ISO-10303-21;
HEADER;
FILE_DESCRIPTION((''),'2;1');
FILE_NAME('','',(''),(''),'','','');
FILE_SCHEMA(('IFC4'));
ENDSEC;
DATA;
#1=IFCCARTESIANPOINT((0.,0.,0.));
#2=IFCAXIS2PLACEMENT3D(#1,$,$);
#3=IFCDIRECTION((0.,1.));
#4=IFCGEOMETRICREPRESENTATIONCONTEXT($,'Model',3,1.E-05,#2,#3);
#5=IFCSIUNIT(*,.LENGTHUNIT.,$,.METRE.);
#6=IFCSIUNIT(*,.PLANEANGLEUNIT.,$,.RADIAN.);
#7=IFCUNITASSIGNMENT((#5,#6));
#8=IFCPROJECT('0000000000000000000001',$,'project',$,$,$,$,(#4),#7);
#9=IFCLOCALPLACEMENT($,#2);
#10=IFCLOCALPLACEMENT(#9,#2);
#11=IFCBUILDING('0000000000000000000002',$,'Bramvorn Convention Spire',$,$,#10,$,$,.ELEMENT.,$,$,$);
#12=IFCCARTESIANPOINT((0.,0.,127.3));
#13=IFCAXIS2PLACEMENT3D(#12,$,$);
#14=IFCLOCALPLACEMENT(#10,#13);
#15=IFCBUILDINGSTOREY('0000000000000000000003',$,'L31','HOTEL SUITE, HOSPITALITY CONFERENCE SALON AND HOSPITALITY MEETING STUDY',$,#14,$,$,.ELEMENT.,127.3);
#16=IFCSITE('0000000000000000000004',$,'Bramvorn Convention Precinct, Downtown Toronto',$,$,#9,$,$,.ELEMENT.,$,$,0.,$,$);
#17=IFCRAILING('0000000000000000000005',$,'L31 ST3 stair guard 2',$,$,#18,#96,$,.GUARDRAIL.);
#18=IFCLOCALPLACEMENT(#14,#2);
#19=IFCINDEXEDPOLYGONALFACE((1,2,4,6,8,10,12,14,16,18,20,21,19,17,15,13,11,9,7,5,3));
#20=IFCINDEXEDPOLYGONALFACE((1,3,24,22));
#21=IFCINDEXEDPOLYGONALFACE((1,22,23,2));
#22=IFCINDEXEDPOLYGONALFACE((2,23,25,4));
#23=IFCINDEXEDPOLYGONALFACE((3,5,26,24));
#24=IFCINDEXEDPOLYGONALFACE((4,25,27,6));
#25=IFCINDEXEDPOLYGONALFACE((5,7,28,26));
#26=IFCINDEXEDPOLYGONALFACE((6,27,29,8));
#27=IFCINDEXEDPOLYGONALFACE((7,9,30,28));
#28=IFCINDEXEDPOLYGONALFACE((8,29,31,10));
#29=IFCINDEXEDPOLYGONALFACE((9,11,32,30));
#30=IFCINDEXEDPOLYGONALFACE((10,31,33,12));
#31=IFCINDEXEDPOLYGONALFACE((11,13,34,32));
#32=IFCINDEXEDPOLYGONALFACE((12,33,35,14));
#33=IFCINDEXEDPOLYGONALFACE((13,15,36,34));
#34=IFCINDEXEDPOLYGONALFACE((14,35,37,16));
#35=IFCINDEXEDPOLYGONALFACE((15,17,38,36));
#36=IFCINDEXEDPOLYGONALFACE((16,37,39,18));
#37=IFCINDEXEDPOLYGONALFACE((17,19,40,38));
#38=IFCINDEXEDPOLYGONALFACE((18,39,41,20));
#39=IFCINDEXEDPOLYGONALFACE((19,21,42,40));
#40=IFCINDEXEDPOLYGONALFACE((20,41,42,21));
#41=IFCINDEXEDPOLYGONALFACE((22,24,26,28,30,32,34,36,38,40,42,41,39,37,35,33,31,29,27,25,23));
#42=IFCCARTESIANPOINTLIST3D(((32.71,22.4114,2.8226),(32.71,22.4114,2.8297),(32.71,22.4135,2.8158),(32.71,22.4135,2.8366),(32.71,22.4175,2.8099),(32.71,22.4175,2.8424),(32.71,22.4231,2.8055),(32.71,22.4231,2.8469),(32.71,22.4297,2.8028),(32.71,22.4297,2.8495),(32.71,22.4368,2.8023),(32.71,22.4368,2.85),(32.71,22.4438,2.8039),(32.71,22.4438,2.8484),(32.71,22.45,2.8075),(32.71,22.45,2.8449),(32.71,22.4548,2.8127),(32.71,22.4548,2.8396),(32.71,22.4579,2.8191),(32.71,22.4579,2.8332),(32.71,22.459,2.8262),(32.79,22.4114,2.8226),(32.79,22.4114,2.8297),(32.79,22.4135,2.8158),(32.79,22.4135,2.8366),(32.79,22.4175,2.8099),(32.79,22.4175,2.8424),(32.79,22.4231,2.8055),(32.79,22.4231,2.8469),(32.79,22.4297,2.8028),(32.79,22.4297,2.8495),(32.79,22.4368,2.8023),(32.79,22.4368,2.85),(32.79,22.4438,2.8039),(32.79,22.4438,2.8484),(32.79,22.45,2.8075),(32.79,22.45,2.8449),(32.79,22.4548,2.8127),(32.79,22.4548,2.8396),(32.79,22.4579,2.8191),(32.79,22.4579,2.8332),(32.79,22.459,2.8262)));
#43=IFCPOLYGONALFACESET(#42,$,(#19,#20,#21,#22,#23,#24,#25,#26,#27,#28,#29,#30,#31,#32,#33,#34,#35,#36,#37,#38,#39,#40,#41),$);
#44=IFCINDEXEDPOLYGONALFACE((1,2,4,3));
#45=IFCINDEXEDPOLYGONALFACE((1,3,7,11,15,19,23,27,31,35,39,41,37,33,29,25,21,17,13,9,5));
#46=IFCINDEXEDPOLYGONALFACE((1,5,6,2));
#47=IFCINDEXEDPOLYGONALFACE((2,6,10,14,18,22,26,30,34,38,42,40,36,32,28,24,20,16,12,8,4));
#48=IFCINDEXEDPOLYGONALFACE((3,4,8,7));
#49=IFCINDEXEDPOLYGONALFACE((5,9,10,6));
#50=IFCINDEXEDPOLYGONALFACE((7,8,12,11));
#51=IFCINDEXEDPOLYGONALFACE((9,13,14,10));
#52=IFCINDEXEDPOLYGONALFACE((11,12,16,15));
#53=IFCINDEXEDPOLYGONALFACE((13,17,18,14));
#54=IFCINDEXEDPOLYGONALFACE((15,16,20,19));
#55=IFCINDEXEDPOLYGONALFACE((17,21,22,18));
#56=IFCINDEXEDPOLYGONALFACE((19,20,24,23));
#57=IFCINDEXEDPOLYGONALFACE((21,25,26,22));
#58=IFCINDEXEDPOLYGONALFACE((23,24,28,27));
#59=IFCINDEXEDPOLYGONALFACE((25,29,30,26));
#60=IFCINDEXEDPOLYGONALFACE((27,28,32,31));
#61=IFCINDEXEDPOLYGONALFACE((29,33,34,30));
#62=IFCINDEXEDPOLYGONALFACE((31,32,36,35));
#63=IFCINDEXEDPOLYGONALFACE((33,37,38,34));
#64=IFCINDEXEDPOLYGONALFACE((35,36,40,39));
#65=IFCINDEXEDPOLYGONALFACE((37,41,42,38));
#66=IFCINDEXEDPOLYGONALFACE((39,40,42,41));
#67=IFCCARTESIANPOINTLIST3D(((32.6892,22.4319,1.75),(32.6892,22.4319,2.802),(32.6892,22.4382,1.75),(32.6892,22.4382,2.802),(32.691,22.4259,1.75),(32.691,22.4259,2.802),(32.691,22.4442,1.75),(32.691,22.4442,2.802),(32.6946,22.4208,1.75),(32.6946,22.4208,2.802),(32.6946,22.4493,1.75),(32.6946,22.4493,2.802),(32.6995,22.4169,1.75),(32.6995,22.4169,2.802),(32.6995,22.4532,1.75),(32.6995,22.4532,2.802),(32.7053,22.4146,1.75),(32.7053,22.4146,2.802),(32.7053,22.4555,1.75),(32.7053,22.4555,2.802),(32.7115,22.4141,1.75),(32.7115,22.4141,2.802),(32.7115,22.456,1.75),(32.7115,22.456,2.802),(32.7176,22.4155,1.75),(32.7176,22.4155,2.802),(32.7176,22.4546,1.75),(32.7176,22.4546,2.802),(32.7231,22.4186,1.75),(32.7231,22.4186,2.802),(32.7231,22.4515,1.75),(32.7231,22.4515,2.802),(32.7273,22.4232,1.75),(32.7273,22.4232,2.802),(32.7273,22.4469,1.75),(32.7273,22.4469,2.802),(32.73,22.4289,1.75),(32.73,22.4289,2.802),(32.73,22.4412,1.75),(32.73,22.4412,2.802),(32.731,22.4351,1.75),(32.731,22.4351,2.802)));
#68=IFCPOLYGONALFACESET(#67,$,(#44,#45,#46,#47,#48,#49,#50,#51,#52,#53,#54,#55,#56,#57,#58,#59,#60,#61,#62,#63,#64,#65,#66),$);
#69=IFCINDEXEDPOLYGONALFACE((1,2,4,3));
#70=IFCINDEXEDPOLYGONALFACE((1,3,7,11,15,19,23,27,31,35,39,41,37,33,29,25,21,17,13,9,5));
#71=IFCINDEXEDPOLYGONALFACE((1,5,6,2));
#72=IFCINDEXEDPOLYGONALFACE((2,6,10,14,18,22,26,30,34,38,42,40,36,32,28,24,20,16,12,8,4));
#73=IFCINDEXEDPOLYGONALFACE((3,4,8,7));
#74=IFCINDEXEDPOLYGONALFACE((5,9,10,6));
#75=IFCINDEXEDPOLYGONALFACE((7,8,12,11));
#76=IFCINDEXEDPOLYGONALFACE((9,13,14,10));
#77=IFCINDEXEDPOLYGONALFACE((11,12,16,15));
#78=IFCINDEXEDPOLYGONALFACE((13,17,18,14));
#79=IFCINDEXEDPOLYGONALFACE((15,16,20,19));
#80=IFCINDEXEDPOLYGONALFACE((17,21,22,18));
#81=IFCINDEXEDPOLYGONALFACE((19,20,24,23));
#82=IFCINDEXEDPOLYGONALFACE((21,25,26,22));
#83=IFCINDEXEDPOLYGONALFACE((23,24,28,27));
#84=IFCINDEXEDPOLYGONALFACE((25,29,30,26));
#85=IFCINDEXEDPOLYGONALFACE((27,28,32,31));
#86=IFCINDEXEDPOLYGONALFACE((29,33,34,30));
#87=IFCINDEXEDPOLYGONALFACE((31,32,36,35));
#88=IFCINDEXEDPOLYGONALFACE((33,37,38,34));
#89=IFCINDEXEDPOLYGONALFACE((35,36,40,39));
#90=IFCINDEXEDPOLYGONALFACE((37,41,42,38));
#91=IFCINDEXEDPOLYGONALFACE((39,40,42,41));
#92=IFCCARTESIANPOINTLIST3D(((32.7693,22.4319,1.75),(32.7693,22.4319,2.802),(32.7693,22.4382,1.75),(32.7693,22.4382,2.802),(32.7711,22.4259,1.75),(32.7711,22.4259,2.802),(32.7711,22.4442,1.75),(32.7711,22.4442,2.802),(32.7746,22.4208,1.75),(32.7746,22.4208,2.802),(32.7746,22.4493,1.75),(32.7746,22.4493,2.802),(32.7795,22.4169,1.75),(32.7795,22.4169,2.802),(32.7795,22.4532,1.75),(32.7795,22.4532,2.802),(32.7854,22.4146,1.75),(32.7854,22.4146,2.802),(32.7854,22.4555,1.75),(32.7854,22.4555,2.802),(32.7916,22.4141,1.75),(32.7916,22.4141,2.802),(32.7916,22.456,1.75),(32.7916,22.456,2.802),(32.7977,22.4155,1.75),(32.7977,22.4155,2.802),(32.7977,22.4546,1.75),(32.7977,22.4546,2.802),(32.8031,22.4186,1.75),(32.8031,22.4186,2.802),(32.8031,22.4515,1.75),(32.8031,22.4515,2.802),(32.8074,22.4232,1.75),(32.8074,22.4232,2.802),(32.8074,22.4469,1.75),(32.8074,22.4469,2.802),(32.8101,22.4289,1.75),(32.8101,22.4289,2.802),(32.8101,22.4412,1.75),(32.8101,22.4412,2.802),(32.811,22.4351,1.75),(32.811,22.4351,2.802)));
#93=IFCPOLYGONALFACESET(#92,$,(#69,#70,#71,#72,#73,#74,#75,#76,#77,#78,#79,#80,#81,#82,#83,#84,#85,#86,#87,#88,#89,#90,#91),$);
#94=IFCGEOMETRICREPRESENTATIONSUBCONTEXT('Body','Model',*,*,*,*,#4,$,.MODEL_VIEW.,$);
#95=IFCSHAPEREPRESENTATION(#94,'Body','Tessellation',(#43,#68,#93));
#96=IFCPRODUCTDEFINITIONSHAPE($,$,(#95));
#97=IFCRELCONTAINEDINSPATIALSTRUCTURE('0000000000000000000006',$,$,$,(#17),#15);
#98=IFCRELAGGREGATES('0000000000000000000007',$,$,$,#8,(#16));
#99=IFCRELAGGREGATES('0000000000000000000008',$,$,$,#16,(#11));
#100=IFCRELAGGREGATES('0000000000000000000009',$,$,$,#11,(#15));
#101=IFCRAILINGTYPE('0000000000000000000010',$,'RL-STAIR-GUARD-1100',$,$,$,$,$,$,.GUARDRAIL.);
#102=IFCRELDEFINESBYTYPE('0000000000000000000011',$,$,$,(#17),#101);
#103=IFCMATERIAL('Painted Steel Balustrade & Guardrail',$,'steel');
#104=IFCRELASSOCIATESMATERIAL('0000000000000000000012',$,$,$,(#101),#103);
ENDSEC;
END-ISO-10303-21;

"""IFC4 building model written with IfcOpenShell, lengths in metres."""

from ifc_helpers import new_model, si_unit, direction, frame, origin, origin_2d, place, context, subcontext, project, spatial, circle, extrude, material, type_object, element, save


model = new_model("IFC4")

# Units and contexts
model_context = context("Model", 3, precision=1e-05, world=origin(), true_north=direction((0.0, 1.0)))
body_context = subcontext(model_context, "Body", "Model", "MODEL_VIEW")
ifc_project = project(units=[si_unit("LENGTHUNIT", "METRE"), si_unit("PLANEANGLEUNIT", "RADIAN")], contexts=[model_context])

# Site, building, storey
site_placement = place(None, origin())
site = spatial("IfcSite", under=ifc_project, at=site_placement, Name="Bramvorn Convention Precinct, Downtown Toronto", CompositionType="ELEMENT", RefElevation=0.0)
building_placement = place(site_placement, origin())
building = spatial("IfcBuilding", under=site, at=building_placement, Name="Bramvorn Convention Spire", CompositionType="ELEMENT")
storey_placement = place(building_placement, frame((0.0, 0.0, 127.3)))
storey = spatial("IfcBuildingStorey", under=building, at=storey_placement, Name="L31", Description="HOTEL SUITE, HOSPITALITY CONFERENCE SALON AND HOSPITALITY MEETING STUDY", CompositionType="ELEMENT", Elevation=127.3)

# Railing
ifc_material_1 = material(Name="Painted Steel Balustrade & Guardrail", Category="steel")
railing_type_1 = type_object("IfcRailingType", Name="RL-STAIR-GUARD-1100", PredefinedType="GUARDRAIL", material=ifc_material_1)
railing_1_placement = place(storey_placement, frame((32.71, 22.4351, 1.75)))
element("IfcRailing", 1, at=railing_1_placement, inside=storey, type_object=railing_type_1, Name="L31 ST3 stair guard 2", PredefinedType="GUARDRAIL", context=body_context, shape_type="SweptSolid", body=[
    extrude(circle(Radius=0.0239, at=origin_2d()), frame((0.0, 0.0, 1.0762), z_axis=(1.0, 0.0, 0.0), x_axis=(0.0, 1.0, 0.0)), (0.0, 0.0, 1.0), 0.0801),
    extrude(circle(Radius=0.021, at=origin_2d()), origin(), (0.0, 0.0, 1.0), 1.052),
    extrude(circle(Radius=0.021, at=origin_2d()), frame((0.0801, 0.0, 0.0)), (0.0, 0.0, 1.0), 1.052),
])

save(model, "model.ifc")
